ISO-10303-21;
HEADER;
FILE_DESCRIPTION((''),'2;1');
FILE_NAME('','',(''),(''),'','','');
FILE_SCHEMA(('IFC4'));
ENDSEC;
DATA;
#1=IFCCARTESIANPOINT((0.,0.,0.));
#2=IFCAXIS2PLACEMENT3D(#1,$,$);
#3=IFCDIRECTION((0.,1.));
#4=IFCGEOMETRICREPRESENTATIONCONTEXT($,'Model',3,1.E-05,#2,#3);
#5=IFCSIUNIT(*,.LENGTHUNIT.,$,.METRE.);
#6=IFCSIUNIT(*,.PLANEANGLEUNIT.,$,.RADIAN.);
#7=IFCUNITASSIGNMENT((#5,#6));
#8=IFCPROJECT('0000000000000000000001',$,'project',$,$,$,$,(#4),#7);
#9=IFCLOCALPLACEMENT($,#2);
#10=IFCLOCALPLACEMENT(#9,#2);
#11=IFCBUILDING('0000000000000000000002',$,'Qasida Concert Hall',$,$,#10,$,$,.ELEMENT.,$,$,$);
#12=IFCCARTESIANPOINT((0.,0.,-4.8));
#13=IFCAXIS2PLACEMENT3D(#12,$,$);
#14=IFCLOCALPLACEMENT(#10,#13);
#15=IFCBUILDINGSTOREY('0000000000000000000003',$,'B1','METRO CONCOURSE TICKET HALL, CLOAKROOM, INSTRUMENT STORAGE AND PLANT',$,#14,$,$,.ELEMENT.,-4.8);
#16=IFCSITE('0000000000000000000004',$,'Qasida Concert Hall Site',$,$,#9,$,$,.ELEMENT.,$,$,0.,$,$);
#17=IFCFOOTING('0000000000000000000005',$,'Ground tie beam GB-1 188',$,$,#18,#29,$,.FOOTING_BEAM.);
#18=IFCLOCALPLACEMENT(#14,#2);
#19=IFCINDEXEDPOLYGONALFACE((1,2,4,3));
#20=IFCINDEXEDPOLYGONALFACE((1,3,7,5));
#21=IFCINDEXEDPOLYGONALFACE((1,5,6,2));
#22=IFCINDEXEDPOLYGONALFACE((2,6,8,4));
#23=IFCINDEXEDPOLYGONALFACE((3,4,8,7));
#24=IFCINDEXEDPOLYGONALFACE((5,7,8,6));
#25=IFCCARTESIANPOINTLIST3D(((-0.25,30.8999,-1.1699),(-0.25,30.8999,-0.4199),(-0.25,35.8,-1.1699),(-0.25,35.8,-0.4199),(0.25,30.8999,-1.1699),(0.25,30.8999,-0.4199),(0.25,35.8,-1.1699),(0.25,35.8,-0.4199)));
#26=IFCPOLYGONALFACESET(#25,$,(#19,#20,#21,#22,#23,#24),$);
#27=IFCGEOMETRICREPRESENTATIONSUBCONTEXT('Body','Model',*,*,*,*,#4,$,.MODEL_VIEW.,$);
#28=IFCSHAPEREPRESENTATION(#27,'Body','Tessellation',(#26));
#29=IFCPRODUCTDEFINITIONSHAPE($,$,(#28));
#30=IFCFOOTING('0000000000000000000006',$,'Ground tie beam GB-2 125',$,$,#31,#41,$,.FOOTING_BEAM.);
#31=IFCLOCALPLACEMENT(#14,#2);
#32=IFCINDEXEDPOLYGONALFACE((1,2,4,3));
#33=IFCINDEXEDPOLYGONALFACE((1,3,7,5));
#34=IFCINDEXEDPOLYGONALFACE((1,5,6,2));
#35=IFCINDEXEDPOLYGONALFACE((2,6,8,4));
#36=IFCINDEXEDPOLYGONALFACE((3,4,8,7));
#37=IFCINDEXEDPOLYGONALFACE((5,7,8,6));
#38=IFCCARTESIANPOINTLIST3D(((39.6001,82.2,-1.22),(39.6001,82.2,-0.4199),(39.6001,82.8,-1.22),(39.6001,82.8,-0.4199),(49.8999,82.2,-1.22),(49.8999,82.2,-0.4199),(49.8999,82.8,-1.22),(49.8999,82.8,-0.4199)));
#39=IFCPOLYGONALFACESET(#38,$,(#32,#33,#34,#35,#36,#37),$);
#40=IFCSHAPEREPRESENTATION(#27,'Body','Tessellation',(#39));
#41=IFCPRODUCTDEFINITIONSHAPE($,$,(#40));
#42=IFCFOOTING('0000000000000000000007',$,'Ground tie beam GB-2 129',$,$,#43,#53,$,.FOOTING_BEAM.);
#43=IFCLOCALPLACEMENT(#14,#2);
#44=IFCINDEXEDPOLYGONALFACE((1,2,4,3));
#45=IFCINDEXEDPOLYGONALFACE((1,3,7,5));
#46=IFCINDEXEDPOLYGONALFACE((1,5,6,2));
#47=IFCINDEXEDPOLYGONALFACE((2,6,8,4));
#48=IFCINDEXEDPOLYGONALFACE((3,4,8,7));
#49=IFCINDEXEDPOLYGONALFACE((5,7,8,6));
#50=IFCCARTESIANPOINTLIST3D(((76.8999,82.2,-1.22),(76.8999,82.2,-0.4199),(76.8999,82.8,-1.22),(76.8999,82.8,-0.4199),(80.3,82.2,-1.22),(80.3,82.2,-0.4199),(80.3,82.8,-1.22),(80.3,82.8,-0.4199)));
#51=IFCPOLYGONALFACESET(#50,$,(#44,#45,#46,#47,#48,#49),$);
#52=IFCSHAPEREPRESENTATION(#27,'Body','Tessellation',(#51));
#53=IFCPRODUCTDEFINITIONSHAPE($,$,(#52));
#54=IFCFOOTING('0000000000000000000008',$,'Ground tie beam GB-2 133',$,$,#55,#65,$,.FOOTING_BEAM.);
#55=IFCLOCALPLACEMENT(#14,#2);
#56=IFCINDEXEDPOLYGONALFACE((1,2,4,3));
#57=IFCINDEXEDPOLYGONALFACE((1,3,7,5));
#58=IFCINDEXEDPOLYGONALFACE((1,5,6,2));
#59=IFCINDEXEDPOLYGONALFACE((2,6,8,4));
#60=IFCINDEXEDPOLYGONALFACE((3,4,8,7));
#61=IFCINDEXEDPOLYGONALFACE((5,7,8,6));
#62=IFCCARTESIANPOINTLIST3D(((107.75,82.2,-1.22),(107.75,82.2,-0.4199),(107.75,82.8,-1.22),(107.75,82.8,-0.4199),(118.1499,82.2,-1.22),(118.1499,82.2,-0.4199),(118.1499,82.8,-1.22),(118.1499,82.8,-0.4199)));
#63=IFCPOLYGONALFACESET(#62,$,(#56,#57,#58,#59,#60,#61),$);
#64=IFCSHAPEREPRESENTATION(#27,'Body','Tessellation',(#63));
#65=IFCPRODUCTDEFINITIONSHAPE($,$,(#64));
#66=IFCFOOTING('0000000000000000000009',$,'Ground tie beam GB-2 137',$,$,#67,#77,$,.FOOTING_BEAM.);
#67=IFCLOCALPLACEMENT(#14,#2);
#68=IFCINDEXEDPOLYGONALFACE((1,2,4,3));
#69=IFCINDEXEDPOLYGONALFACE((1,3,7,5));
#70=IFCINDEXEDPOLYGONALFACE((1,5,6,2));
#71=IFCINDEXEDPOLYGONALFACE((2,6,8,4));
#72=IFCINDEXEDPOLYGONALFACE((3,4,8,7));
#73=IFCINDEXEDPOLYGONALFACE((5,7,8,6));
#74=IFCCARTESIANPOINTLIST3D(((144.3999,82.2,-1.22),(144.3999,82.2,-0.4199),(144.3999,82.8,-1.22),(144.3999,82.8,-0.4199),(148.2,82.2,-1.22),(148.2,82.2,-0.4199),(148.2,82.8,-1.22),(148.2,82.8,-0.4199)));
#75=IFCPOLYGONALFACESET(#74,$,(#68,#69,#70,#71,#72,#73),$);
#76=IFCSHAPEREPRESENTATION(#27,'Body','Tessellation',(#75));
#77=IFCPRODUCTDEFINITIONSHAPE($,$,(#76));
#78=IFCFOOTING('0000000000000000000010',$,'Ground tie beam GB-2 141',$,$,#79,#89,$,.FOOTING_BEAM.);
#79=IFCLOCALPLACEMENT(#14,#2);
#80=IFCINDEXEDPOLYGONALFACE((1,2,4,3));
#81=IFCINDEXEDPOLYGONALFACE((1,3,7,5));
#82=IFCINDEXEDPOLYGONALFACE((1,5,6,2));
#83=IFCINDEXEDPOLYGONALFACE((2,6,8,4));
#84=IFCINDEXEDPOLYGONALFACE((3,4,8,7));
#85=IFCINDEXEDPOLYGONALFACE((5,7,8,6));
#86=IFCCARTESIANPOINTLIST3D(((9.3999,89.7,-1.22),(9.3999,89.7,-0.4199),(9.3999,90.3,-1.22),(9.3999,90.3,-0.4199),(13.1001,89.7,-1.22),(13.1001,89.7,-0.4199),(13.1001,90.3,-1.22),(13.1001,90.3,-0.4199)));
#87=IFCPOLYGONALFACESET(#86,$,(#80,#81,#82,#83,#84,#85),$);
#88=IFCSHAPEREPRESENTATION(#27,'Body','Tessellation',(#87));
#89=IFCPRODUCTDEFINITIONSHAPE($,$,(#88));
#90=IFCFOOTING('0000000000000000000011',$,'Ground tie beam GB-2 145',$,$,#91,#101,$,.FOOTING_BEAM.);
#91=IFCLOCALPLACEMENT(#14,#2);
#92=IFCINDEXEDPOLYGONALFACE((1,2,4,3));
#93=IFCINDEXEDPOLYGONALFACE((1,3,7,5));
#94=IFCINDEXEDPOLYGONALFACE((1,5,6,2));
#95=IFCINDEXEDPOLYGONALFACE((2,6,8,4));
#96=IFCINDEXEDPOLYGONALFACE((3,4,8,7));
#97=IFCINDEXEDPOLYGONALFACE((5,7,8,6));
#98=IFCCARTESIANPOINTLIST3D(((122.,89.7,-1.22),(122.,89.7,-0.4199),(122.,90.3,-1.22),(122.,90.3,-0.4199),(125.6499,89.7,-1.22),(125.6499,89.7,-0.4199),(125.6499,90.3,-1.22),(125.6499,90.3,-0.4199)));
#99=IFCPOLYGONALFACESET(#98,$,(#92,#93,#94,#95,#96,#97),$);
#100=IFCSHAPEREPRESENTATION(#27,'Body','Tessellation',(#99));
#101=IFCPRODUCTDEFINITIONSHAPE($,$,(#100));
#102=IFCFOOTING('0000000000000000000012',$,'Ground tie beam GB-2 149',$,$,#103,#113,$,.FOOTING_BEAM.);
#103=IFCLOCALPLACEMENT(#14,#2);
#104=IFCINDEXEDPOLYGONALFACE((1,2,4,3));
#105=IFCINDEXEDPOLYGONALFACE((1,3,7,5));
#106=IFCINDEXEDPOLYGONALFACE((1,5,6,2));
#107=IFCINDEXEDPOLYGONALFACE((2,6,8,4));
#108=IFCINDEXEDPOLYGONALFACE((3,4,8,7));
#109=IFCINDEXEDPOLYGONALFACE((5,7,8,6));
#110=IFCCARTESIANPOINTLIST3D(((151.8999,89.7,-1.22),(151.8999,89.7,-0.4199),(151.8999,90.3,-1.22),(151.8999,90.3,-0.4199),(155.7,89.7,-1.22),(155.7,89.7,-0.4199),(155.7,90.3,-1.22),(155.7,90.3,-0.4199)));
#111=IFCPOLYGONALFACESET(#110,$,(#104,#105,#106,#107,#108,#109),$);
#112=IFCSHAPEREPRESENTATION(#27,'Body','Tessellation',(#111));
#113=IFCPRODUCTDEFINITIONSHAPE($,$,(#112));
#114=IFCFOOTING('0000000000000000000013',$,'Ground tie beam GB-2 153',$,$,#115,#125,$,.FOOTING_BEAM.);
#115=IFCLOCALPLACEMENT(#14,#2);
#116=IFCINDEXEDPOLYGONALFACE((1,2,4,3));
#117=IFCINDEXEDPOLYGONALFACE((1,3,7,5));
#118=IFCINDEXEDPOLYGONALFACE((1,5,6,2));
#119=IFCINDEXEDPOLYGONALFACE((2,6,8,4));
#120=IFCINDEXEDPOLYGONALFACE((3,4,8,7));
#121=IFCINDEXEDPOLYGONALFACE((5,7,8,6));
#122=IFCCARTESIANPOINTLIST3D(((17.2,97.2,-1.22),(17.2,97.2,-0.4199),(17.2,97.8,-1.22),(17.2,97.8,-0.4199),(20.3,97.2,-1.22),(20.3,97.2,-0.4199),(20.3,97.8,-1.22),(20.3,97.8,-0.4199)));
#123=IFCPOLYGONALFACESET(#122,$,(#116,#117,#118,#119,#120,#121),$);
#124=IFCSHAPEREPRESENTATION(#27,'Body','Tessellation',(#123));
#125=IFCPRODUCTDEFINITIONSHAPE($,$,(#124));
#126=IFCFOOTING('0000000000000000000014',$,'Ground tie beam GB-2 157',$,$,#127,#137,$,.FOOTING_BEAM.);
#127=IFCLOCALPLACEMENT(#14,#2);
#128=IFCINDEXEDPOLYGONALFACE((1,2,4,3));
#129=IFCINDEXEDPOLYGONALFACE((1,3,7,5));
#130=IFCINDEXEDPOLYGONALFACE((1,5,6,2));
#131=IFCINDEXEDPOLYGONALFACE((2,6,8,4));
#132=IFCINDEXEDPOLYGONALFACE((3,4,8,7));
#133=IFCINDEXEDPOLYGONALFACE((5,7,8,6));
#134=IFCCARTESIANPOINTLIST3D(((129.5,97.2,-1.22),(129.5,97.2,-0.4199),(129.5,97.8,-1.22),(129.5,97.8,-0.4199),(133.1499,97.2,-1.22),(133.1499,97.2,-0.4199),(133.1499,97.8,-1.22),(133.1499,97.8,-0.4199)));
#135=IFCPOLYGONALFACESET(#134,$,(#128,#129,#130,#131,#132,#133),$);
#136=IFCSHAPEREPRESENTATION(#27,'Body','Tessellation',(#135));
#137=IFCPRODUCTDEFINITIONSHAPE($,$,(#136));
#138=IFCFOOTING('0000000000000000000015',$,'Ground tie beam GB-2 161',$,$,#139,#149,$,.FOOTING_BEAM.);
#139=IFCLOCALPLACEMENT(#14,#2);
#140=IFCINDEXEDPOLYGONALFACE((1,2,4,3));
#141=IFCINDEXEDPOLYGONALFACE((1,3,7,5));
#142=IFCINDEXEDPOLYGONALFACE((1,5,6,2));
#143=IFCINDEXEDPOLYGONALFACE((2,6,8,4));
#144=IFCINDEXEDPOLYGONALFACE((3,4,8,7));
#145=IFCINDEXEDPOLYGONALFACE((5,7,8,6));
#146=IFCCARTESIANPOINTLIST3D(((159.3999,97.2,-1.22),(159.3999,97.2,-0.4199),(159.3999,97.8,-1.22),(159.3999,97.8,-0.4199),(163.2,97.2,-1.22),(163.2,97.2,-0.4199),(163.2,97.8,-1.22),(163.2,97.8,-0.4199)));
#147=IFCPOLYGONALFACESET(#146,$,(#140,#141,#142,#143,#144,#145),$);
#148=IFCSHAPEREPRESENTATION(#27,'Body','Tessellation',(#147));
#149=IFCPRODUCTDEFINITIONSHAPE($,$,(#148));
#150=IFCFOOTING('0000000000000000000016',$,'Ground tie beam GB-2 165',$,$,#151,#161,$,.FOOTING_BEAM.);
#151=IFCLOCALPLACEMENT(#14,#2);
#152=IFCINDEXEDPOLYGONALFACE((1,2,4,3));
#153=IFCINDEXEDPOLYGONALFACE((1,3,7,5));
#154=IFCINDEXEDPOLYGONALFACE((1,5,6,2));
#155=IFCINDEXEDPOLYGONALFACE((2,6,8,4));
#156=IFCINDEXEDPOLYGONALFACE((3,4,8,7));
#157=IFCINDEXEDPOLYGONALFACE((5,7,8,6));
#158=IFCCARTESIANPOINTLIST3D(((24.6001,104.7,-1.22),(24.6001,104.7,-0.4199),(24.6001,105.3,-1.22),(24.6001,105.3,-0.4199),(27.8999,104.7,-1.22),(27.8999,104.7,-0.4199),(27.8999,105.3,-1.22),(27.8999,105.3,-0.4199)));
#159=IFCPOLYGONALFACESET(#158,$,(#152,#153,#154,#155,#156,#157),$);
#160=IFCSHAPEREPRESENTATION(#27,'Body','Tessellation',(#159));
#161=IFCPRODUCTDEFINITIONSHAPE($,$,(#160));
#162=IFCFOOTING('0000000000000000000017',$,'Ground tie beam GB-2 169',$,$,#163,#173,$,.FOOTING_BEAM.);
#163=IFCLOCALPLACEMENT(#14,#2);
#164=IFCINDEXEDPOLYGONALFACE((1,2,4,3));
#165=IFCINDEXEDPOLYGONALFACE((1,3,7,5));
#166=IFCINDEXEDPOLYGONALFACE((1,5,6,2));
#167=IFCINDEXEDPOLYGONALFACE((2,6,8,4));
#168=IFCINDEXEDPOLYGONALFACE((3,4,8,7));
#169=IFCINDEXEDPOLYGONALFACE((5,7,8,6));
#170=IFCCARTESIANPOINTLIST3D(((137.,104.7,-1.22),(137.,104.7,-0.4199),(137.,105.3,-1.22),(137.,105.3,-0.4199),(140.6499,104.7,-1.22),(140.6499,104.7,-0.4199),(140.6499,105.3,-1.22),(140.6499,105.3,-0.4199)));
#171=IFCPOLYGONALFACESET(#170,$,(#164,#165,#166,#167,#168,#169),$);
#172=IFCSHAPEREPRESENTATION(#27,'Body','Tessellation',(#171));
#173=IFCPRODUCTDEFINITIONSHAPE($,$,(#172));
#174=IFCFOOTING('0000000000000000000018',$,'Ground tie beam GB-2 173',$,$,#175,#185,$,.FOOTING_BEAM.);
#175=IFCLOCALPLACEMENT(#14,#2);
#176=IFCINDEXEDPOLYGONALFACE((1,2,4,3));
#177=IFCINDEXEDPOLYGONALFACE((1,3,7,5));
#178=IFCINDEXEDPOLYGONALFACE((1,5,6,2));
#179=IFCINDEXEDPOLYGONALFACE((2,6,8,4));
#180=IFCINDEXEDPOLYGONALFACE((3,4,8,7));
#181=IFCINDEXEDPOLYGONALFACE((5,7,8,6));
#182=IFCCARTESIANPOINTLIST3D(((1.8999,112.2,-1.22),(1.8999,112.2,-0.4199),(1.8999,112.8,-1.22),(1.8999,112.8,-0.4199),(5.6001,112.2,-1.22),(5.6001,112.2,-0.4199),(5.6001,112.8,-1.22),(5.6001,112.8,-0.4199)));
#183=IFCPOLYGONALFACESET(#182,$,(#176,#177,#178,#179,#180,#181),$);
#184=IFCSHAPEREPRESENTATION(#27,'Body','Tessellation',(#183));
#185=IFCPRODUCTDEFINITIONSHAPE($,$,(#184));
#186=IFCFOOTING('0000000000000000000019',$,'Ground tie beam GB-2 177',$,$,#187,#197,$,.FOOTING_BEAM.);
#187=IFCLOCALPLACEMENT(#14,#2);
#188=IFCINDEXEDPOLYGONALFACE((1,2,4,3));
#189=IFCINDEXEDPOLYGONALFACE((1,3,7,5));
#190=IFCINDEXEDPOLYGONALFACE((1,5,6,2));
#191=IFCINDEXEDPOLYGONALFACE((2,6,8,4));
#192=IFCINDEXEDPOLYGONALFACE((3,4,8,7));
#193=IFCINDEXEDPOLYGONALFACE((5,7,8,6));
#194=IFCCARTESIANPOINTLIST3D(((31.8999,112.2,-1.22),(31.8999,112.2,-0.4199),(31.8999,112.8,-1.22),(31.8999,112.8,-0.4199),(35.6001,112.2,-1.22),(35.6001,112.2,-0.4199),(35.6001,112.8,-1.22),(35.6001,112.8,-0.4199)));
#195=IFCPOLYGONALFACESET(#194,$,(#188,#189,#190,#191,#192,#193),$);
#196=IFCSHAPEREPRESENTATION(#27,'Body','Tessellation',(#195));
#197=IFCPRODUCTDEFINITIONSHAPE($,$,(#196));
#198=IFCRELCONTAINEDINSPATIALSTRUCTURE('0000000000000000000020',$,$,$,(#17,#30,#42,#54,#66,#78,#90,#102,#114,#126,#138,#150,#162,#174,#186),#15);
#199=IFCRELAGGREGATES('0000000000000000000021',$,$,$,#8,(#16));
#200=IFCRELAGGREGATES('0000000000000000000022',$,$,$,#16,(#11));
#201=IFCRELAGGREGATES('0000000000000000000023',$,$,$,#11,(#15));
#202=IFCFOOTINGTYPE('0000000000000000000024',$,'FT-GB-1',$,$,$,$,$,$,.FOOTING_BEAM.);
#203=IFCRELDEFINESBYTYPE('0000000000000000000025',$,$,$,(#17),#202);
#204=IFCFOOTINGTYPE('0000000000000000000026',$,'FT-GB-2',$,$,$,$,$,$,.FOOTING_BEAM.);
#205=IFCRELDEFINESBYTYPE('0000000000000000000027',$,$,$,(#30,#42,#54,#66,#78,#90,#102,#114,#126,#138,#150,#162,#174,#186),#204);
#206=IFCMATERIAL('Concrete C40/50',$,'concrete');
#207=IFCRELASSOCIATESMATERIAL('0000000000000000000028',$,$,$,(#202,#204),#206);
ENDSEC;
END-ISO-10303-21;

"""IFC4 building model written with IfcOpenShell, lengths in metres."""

from ifc_helpers import new_model, si_unit, direction, frame, origin, place, context, subcontext, project, spatial, polyline, outline, extrude, material, type_object, element, save


model = new_model("IFC4")

# Units and contexts
model_context = context("Model", 3, precision=1e-05, world=origin(), true_north=direction((0.0, 1.0)))
body_context = subcontext(model_context, "Body", "Model", "MODEL_VIEW")
ifc_project = project(units=[si_unit("LENGTHUNIT", "METRE"), si_unit("PLANEANGLEUNIT", "RADIAN")], contexts=[model_context])

# Site, building, storey
site_placement = place(None, origin())
site = spatial("IfcSite", under=ifc_project, at=site_placement, Name="Qasida Concert Hall Site", CompositionType="ELEMENT", RefElevation=0.0)
building_placement = place(site_placement, origin())
building = spatial("IfcBuilding", under=site, at=building_placement, Name="Qasida Concert Hall", CompositionType="ELEMENT")
storey_placement = place(building_placement, frame((0.0, 0.0, -4.8)))
storey = spatial("IfcBuildingStorey", under=building, at=storey_placement, Name="B1", Description="METRO CONCOURSE TICKET HALL, CLOAKROOM, INSTRUMENT STORAGE AND PLANT", CompositionType="ELEMENT", Elevation=-4.8)

# Footings
ifc_material = material(Name="Concrete C40/50", Category="concrete")
footing_type_1 = type_object("IfcFootingType", Name="FT-GB-1", PredefinedType="FOOTING_BEAM", material=ifc_material)
footing_1_placement = place(storey_placement, frame((0.0, 0.0, -1.1699)))
element("IfcFooting", 1, at=footing_1_placement, inside=storey, type_object=footing_type_1, Name="Ground tie beam GB-1 188", PredefinedType="FOOTING_BEAM", context=body_context, shape_type="SweptSolid", body=[
    extrude(outline(polyline([(-0.25, 30.8999), (0.25, 30.8999), (0.25, 35.8), (-0.25, 35.8), (-0.25, 30.8999)])), origin(), (0.0, 0.0, 1.0), 0.75),
])
footing_type_2 = type_object("IfcFootingType", Name="FT-GB-2", PredefinedType="FOOTING_BEAM", material=ifc_material)
footing_2_placement = place(storey_placement, frame((0.0, 0.0, -1.22)))
element("IfcFooting", 2, at=footing_2_placement, inside=storey, type_object=footing_type_2, Name="Ground tie beam GB-2 125", PredefinedType="FOOTING_BEAM", context=body_context, shape_type="SweptSolid", body=[
    extrude(outline(polyline([(39.6001, 82.2), (49.8999, 82.2), (49.8999, 82.8), (39.6001, 82.8), (39.6001, 82.2)])), origin(), (0.0, 0.0, 1.0), 0.8),
])
footing_3_placement = place(storey_placement, frame((0.0, 0.0, -1.22)))
element("IfcFooting", 3, at=footing_3_placement, inside=storey, type_object=footing_type_2, Name="Ground tie beam GB-2 129", PredefinedType="FOOTING_BEAM", context=body_context, shape_type="SweptSolid", body=[
    extrude(outline(polyline([(76.8999, 82.2), (80.3, 82.2), (80.3, 82.8), (76.8999, 82.8), (76.8999, 82.2)])), origin(), (0.0, 0.0, 1.0), 0.8),
])
footing_4_placement = place(storey_placement, frame((0.0, 0.0, -1.22)))
element("IfcFooting", 4, at=footing_4_placement, inside=storey, type_object=footing_type_2, Name="Ground tie beam GB-2 133", PredefinedType="FOOTING_BEAM", context=body_context, shape_type="SweptSolid", body=[
    extrude(outline(polyline([(107.75, 82.2), (118.1499, 82.2), (118.1499, 82.8), (107.75, 82.8), (107.75, 82.2)])), origin(), (0.0, 0.0, 1.0), 0.8),
])
footing_5_placement = place(storey_placement, frame((0.0, 0.0, -1.22)))
element("IfcFooting", 5, at=footing_5_placement, inside=storey, type_object=footing_type_2, Name="Ground tie beam GB-2 137", PredefinedType="FOOTING_BEAM", context=body_context, shape_type="SweptSolid", body=[
    extrude(outline(polyline([(144.3999, 82.2), (148.2, 82.2), (148.2, 82.8), (144.3999, 82.8), (144.3999, 82.2)])), origin(), (0.0, 0.0, 1.0), 0.8),
])
footing_6_placement = place(storey_placement, frame((0.0, 0.0, -1.22)))
element("IfcFooting", 6, at=footing_6_placement, inside=storey, type_object=footing_type_2, Name="Ground tie beam GB-2 141", PredefinedType="FOOTING_BEAM", context=body_context, shape_type="SweptSolid", body=[
    extrude(outline(polyline([(9.3999, 89.7), (13.1001, 89.7), (13.1001, 90.3), (9.3999, 90.3), (9.3999, 89.7)])), origin(), (0.0, 0.0, 1.0), 0.8),
])
footing_7_placement = place(storey_placement, frame((0.0, 0.0, -1.22)))
element("IfcFooting", 7, at=footing_7_placement, inside=storey, type_object=footing_type_2, Name="Ground tie beam GB-2 145", PredefinedType="FOOTING_BEAM", context=body_context, shape_type="SweptSolid", body=[
    extrude(outline(polyline([(122.0, 89.7), (125.6499, 89.7), (125.6499, 90.3), (122.0, 90.3), (122.0, 89.7)])), origin(), (0.0, 0.0, 1.0), 0.8),
])
footing_8_placement = place(storey_placement, frame((0.0, 0.0, -1.22)))
element("IfcFooting", 8, at=footing_8_placement, inside=storey, type_object=footing_type_2, Name="Ground tie beam GB-2 149", PredefinedType="FOOTING_BEAM", context=body_context, shape_type="SweptSolid", body=[
    extrude(outline(polyline([(151.8999, 89.7), (155.7, 89.7), (155.7, 90.3), (151.8999, 90.3), (151.8999, 89.7)])), origin(), (0.0, 0.0, 1.0), 0.8),
])
footing_9_placement = place(storey_placement, frame((0.0, 0.0, -1.22)))
element("IfcFooting", 9, at=footing_9_placement, inside=storey, type_object=footing_type_2, Name="Ground tie beam GB-2 153", PredefinedType="FOOTING_BEAM", context=body_context, shape_type="SweptSolid", body=[
    extrude(outline(polyline([(17.2, 97.2), (20.3, 97.2), (20.3, 97.8), (17.2, 97.8), (17.2, 97.2)])), origin(), (0.0, 0.0, 1.0), 0.8),
])
footing_10_placement = place(storey_placement, frame((0.0, 0.0, -1.22)))
element("IfcFooting", 10, at=footing_10_placement, inside=storey, type_object=footing_type_2, Name="Ground tie beam GB-2 157", PredefinedType="FOOTING_BEAM", context=body_context, shape_type="SweptSolid", body=[
    extrude(outline(polyline([(129.5, 97.2), (133.1499, 97.2), (133.1499, 97.8), (129.5, 97.8), (129.5, 97.2)])), origin(), (0.0, 0.0, 1.0), 0.8),
])
footing_11_placement = place(storey_placement, frame((0.0, 0.0, -1.22)))
element("IfcFooting", 11, at=footing_11_placement, inside=storey, type_object=footing_type_2, Name="Ground tie beam GB-2 161", PredefinedType="FOOTING_BEAM", context=body_context, shape_type="SweptSolid", body=[
    extrude(outline(polyline([(159.3999, 97.2), (163.2, 97.2), (163.2, 97.8), (159.3999, 97.8), (159.3999, 97.2)])), origin(), (0.0, 0.0, 1.0), 0.8),
])
footing_12_placement = place(storey_placement, frame((0.0, 0.0, -1.22)))
element("IfcFooting", 12, at=footing_12_placement, inside=storey, type_object=footing_type_2, Name="Ground tie beam GB-2 165", PredefinedType="FOOTING_BEAM", context=body_context, shape_type="SweptSolid", body=[
    extrude(outline(polyline([(24.6001, 104.7), (27.8999, 104.7), (27.8999, 105.3), (24.6001, 105.3), (24.6001, 104.7)])), origin(), (0.0, 0.0, 1.0), 0.8),
])
footing_13_placement = place(storey_placement, frame((0.0, 0.0, -1.22)))
element("IfcFooting", 13, at=footing_13_placement, inside=storey, type_object=footing_type_2, Name="Ground tie beam GB-2 169", PredefinedType="FOOTING_BEAM", context=body_context, shape_type="SweptSolid", body=[
    extrude(outline(polyline([(137.0, 104.7), (140.6499, 104.7), (140.6499, 105.3), (137.0, 105.3), (137.0, 104.7)])), origin(), (0.0, 0.0, 1.0), 0.8),
])
footing_14_placement = place(storey_placement, frame((0.0, 0.0, -1.22)))
element("IfcFooting", 14, at=footing_14_placement, inside=storey, type_object=footing_type_2, Name="Ground tie beam GB-2 173", PredefinedType="FOOTING_BEAM", context=body_context, shape_type="SweptSolid", body=[
    extrude(outline(polyline([(1.8999, 112.2), (5.6001, 112.2), (5.6001, 112.8), (1.8999, 112.8), (1.8999, 112.2)])), origin(), (0.0, 0.0, 1.0), 0.8),
])
footing_15_placement = place(storey_placement, frame((0.0, 0.0, -1.22)))
element("IfcFooting", 15, at=footing_15_placement, inside=storey, type_object=footing_type_2, Name="Ground tie beam GB-2 177", PredefinedType="FOOTING_BEAM", context=body_context, shape_type="SweptSolid", body=[
    extrude(outline(polyline([(31.8999, 112.2), (35.6001, 112.2), (35.6001, 112.8), (31.8999, 112.8), (31.8999, 112.2)])), origin(), (0.0, 0.0, 1.0), 0.8),
])

save(model, "model.ifc")
